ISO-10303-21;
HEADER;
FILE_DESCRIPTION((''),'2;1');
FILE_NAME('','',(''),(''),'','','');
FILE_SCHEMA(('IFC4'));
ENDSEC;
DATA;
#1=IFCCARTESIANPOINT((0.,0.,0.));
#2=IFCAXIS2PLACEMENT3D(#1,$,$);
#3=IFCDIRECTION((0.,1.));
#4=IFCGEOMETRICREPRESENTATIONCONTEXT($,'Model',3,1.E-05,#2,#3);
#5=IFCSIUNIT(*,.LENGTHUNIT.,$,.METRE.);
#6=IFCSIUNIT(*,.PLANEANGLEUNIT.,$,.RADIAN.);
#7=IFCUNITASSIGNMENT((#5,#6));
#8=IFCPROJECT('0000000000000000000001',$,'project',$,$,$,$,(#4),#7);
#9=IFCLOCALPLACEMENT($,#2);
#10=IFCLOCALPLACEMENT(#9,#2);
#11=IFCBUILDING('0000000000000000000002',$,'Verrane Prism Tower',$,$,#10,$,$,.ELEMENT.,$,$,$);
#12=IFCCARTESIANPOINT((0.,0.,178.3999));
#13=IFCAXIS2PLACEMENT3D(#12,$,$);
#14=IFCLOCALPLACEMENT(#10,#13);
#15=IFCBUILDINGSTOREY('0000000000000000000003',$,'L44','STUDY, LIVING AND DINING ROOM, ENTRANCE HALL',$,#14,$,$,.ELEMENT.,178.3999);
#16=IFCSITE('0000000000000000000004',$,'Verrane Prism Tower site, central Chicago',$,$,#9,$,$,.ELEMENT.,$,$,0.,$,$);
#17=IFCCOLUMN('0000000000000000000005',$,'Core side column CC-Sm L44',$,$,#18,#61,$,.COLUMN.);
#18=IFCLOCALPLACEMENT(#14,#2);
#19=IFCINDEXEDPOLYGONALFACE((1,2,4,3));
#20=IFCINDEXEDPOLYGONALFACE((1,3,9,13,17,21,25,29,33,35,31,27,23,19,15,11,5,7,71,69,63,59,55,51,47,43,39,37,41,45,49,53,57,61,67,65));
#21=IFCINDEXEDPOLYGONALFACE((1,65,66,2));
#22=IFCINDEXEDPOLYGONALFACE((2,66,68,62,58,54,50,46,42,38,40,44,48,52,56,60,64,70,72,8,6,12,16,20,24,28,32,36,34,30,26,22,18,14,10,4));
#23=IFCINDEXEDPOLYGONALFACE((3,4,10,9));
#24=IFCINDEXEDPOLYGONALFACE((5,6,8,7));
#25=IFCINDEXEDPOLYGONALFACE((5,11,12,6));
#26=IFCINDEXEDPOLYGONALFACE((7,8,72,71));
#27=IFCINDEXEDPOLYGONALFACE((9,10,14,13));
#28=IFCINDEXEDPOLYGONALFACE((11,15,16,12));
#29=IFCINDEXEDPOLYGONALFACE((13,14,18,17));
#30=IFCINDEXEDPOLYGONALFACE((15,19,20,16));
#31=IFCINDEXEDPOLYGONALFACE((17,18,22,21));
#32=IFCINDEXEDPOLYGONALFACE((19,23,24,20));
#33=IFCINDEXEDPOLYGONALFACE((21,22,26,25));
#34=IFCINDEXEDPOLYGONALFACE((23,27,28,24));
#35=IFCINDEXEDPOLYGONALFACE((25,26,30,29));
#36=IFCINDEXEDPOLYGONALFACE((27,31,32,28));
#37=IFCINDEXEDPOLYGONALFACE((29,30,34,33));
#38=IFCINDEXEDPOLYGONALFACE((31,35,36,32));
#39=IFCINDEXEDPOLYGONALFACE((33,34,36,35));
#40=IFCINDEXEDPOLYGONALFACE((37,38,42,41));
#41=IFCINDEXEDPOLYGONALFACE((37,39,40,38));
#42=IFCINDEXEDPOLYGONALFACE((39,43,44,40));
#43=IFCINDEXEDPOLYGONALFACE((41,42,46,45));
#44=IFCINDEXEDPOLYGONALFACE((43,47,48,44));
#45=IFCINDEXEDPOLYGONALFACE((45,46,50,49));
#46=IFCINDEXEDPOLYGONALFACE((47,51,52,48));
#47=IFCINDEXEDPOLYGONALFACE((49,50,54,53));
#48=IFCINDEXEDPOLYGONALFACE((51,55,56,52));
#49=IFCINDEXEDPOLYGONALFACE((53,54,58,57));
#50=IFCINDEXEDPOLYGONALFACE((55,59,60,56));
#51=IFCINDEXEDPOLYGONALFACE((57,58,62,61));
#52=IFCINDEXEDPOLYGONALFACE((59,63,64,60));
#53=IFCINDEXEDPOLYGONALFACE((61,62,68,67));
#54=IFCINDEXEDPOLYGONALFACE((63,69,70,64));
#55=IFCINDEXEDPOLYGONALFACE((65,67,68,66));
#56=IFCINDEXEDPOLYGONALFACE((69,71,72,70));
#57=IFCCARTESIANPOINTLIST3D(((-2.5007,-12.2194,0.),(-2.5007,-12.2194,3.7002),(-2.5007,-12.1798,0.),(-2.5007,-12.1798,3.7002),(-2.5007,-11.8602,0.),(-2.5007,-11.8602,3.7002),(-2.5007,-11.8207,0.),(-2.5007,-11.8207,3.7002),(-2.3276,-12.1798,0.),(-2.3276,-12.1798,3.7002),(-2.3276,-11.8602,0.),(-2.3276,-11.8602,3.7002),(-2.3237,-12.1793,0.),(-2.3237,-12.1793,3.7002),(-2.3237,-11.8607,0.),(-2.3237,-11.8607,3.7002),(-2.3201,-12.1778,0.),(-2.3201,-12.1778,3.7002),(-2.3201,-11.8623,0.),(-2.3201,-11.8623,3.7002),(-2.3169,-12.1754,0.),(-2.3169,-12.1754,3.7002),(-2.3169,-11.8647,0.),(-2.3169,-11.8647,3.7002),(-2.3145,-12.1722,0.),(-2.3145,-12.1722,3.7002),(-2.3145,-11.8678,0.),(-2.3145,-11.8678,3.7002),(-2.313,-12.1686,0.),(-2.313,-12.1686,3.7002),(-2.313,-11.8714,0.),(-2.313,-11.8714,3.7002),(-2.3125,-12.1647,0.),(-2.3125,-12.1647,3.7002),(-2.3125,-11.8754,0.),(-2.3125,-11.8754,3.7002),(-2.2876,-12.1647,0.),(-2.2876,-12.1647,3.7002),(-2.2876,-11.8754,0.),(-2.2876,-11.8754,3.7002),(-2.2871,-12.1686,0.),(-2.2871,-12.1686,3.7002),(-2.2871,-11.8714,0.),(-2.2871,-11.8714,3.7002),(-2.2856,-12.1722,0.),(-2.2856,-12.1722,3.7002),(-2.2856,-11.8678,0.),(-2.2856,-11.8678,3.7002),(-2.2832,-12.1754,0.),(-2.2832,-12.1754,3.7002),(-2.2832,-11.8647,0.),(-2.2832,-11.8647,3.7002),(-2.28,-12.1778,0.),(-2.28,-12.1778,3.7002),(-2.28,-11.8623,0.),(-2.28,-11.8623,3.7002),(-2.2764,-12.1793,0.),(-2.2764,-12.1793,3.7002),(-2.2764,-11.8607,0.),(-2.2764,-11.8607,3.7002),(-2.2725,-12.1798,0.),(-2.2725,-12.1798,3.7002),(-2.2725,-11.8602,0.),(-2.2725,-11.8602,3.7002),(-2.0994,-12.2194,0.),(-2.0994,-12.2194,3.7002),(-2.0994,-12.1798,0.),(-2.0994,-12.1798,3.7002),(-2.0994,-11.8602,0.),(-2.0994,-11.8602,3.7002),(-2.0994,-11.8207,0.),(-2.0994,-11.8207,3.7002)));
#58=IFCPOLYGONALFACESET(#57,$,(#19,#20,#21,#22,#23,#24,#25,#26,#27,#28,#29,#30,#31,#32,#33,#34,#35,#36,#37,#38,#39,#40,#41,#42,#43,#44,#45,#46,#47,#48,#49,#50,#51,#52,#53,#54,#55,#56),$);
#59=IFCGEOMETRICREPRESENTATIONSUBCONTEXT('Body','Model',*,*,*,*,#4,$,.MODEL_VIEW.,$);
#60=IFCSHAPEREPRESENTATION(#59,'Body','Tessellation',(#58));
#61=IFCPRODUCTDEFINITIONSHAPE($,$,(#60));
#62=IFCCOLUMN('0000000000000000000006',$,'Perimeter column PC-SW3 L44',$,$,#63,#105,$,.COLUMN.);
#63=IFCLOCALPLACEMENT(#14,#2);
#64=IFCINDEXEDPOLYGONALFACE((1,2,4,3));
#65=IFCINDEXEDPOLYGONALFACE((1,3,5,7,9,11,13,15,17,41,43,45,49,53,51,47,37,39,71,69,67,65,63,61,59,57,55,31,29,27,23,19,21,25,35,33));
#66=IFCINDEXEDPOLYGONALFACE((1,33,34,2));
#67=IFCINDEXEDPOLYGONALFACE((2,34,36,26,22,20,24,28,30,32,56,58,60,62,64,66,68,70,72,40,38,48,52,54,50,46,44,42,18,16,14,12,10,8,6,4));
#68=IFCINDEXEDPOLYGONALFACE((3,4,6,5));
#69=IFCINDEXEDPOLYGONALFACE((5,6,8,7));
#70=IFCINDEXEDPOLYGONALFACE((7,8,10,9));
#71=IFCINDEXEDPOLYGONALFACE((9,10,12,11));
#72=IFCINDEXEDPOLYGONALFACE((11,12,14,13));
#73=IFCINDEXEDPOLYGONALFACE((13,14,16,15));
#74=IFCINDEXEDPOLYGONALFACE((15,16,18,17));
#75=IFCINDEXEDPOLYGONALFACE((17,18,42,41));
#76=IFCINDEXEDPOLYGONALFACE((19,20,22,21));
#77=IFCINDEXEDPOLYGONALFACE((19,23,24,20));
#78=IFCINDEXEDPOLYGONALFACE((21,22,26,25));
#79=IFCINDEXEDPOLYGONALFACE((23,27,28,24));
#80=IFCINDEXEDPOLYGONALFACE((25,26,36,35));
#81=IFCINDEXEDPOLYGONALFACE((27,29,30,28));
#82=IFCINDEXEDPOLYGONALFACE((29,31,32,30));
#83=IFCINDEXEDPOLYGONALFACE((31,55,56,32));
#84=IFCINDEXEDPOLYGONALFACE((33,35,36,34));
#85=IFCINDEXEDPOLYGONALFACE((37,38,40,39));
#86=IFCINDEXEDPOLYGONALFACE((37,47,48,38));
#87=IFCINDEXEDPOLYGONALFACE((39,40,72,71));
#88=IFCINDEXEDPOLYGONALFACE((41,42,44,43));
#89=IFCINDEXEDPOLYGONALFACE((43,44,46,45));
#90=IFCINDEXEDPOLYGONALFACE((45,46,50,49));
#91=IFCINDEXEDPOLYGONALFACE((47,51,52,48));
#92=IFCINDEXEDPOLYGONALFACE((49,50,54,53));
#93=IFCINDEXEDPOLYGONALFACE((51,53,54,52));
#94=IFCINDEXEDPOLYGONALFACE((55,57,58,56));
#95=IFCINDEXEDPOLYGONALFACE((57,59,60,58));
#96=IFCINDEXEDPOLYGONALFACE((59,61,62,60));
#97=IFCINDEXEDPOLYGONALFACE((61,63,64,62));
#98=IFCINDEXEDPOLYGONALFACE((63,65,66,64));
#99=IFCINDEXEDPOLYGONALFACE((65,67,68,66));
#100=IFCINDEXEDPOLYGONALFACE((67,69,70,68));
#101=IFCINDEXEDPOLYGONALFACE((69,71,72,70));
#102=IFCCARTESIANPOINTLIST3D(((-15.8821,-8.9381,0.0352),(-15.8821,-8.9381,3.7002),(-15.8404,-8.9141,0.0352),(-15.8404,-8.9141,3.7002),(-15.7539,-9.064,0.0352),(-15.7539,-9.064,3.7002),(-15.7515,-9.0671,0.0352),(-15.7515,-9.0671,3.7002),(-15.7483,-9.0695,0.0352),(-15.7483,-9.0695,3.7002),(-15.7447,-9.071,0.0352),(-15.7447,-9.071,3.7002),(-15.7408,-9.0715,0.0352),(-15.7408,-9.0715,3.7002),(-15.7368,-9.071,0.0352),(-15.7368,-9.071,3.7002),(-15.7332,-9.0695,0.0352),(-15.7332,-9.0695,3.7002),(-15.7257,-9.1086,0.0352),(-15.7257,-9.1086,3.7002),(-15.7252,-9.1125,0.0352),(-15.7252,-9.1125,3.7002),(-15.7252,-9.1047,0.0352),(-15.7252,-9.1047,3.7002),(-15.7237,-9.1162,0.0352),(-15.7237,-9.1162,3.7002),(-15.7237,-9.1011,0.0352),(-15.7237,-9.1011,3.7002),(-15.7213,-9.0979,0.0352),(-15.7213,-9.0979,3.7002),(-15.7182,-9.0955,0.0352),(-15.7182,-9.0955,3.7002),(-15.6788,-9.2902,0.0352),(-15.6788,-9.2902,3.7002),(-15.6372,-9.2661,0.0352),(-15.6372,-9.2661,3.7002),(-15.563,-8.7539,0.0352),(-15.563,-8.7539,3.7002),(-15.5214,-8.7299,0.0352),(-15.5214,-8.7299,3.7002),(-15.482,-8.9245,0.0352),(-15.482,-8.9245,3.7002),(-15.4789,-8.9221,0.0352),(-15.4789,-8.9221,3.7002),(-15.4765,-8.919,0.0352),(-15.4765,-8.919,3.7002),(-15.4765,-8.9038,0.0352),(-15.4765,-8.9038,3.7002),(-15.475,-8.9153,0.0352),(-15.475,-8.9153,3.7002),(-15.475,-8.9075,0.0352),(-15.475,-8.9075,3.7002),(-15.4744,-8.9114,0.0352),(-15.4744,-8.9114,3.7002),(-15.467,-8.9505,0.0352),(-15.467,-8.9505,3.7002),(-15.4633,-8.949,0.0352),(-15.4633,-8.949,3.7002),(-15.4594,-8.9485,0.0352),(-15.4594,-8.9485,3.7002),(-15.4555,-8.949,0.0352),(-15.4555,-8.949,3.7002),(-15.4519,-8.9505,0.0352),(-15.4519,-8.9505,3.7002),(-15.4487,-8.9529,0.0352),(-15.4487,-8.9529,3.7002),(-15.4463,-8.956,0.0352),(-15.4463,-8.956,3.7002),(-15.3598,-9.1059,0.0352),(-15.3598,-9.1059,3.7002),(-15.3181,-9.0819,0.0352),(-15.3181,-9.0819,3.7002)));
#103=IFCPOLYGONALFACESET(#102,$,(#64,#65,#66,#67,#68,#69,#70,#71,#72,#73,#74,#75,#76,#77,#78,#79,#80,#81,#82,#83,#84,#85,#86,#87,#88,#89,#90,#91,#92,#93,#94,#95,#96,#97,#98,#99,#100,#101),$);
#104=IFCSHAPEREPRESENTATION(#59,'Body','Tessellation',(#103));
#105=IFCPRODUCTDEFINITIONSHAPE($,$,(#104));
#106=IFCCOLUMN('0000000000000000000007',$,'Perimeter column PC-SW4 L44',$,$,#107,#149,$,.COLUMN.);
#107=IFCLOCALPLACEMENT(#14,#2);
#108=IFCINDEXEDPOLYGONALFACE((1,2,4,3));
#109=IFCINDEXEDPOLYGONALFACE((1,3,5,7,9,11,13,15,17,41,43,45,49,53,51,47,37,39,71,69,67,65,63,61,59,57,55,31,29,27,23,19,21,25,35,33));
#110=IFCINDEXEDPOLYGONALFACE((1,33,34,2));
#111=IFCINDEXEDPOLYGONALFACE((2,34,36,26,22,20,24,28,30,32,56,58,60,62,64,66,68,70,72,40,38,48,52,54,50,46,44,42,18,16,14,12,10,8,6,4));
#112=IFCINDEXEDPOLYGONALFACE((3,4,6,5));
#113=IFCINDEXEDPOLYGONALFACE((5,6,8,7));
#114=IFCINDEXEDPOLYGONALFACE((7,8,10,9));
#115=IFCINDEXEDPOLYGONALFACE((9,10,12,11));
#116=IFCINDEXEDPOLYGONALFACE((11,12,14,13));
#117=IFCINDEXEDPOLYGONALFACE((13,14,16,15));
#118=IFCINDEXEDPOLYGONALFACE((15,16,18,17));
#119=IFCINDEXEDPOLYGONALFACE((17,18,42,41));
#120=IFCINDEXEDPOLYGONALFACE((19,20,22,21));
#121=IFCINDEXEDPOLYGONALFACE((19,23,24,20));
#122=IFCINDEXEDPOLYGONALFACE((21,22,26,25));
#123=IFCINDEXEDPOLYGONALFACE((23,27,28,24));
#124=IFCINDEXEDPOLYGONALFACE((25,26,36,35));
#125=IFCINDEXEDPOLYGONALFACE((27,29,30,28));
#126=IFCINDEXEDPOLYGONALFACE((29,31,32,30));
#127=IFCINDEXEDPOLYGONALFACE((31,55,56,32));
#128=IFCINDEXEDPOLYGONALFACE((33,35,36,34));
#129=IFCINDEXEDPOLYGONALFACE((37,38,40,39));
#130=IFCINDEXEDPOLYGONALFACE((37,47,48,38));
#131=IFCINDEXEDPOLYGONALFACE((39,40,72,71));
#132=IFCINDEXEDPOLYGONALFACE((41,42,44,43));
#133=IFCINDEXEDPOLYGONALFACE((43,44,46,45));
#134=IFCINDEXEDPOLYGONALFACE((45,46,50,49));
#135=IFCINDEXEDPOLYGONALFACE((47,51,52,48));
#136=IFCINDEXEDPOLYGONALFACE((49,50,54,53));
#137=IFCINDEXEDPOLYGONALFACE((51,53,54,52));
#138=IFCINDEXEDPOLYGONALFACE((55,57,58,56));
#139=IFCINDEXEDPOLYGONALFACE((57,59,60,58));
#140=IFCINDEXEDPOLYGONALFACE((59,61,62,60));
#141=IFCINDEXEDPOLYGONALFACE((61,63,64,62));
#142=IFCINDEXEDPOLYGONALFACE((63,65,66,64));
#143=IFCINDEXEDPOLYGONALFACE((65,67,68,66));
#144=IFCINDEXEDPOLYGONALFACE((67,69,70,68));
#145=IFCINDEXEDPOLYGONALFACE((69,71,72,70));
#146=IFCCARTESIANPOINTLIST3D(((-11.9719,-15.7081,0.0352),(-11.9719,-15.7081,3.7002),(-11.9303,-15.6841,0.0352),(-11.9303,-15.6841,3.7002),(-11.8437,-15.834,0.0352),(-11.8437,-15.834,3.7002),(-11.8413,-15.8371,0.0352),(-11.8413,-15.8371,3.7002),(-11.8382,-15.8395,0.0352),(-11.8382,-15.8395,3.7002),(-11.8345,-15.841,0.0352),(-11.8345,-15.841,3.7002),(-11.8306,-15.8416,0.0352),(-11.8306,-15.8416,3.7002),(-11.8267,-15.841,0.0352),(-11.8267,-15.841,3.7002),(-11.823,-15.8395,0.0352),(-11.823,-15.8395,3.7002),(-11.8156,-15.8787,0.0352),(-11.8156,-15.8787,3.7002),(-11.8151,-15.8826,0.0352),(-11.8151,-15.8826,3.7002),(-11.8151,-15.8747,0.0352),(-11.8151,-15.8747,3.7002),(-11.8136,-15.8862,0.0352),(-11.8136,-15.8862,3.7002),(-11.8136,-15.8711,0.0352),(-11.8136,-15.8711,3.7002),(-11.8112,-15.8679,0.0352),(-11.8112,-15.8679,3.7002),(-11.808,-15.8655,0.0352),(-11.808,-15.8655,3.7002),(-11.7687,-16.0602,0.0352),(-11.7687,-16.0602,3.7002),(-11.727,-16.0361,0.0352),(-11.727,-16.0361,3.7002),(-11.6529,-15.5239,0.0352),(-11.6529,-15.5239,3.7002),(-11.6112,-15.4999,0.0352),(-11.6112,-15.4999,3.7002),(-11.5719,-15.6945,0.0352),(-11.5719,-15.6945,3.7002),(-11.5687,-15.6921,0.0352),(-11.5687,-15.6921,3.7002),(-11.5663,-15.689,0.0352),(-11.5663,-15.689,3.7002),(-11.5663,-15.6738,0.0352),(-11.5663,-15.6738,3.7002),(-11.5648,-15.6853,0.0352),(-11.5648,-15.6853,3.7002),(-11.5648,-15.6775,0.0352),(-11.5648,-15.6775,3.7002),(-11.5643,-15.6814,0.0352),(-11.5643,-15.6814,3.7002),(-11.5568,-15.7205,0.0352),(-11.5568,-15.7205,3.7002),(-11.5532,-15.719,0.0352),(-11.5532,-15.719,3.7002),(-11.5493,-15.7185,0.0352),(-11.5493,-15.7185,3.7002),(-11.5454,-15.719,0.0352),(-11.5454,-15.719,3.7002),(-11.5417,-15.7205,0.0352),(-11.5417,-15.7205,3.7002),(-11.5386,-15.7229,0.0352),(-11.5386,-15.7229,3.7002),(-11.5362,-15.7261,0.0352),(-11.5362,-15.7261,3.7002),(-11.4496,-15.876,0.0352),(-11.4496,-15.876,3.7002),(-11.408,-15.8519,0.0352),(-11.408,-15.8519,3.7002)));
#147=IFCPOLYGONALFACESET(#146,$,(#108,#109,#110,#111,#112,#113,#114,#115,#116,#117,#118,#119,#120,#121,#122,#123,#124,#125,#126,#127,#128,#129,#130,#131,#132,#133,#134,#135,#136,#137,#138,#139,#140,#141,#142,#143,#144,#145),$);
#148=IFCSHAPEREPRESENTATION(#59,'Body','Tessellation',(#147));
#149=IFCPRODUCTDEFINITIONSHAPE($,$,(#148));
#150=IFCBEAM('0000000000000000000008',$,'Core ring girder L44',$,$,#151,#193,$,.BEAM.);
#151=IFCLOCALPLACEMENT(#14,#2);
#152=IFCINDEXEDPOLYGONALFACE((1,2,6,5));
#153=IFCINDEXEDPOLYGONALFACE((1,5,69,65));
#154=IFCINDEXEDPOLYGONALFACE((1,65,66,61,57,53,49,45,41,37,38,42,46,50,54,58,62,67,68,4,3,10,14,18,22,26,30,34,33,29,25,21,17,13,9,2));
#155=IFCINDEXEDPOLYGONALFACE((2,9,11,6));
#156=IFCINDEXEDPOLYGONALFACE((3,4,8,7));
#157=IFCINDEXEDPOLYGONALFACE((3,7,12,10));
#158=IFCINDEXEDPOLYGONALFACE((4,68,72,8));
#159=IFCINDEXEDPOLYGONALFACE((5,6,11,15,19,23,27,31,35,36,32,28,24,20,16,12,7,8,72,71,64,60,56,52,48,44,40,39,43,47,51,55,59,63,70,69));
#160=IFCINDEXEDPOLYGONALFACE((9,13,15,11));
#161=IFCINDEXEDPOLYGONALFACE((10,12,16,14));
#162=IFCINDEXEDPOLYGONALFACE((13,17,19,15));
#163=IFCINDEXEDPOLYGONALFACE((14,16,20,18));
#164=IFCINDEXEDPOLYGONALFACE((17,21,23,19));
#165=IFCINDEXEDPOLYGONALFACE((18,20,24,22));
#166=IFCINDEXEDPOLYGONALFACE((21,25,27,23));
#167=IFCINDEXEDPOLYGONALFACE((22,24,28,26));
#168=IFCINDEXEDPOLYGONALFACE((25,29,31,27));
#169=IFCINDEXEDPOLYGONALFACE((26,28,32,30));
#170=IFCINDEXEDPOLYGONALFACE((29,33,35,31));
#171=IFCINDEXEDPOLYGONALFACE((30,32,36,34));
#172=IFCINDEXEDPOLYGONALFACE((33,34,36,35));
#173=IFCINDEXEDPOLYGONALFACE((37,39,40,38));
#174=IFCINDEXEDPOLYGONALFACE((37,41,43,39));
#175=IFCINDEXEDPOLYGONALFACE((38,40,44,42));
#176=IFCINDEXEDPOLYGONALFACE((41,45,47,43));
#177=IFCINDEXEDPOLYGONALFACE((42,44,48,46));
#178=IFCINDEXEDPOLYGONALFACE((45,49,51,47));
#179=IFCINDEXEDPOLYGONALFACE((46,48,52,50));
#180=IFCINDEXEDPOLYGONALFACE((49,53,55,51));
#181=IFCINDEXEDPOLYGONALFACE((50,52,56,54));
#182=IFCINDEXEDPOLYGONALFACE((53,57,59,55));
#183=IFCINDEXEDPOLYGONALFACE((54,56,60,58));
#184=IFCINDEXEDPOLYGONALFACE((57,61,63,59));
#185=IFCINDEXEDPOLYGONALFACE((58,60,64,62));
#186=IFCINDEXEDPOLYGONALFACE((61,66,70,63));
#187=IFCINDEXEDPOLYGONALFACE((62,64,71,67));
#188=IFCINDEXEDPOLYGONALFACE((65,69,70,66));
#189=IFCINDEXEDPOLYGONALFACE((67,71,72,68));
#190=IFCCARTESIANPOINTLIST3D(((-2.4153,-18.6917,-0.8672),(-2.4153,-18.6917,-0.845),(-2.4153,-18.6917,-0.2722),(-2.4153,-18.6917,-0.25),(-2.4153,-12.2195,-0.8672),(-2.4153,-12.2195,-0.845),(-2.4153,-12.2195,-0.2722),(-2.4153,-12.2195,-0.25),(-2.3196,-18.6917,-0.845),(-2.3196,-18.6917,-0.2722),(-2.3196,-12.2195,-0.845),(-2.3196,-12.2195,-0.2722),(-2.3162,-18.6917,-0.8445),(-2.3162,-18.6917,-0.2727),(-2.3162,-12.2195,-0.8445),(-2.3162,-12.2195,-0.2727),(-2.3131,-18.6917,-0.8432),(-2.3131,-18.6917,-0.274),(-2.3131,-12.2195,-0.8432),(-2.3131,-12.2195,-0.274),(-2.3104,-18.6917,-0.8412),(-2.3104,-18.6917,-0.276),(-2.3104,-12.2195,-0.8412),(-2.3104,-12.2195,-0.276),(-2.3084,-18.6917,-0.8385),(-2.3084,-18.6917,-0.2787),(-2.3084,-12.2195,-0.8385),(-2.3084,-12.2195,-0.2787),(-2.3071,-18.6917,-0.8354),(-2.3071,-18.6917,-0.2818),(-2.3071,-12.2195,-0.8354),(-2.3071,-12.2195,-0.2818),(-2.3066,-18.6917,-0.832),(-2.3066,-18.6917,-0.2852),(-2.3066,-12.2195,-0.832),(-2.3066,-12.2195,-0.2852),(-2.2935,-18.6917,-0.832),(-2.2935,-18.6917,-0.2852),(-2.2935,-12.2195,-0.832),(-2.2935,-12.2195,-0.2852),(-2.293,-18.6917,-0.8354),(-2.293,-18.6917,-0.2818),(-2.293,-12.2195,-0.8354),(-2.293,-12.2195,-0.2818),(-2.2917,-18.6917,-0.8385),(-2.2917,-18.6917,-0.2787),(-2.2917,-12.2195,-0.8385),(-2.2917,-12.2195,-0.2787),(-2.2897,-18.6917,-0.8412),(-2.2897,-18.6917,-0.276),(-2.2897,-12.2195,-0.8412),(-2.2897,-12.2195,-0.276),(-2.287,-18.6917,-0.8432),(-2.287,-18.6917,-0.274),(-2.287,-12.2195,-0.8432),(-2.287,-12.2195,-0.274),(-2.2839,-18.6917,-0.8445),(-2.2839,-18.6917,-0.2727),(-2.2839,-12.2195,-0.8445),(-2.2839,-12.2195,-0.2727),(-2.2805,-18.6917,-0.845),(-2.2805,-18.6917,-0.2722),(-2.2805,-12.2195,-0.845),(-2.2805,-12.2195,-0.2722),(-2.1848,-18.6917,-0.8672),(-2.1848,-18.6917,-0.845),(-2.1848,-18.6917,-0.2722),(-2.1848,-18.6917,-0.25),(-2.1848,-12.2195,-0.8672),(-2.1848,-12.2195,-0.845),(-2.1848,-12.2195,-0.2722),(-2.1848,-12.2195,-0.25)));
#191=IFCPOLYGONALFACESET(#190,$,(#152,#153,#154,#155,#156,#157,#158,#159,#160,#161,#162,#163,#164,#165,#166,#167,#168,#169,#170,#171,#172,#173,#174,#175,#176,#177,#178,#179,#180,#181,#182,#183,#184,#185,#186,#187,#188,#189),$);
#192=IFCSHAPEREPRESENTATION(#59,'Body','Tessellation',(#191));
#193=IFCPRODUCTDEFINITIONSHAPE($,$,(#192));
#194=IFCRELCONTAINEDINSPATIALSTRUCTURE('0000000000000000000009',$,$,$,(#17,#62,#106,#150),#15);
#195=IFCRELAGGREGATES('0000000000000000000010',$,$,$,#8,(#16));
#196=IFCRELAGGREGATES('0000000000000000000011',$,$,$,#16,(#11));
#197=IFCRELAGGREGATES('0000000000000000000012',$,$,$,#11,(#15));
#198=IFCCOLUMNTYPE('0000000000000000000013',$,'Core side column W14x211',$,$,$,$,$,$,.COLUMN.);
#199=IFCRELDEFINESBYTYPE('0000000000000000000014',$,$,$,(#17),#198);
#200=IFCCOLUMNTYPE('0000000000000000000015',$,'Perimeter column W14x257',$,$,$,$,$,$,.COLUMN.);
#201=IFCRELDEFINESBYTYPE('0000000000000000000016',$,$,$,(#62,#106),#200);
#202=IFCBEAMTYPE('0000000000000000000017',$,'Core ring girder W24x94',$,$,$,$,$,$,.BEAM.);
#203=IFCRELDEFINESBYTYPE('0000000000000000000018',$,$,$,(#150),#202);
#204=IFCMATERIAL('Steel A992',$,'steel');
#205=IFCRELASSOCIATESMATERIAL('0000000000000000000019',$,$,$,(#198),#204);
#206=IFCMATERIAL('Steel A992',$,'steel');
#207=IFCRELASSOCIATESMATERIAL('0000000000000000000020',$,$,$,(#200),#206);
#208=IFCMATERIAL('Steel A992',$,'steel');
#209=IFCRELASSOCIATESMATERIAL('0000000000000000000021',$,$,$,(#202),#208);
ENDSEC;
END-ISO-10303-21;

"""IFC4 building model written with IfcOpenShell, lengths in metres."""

from ifc_helpers import new_model, si_unit, direction, frame, origin, origin_2d, place, context, subcontext, project, spatial, i_section, extrude, material, material_profile, profile_set, type_object, element, save


model = new_model("IFC4")

# Units and contexts
model_context = context("Model", 3, precision=1e-05, world=origin(), true_north=direction((0.0, 1.0)))
body_context = subcontext(model_context, "Body", "Model", "MODEL_VIEW")
ifc_project = project(units=[si_unit("LENGTHUNIT", "METRE"), si_unit("PLANEANGLEUNIT", "RADIAN")], contexts=[model_context])

# Site, building, storey
site_placement = place(None, origin())
site = spatial("IfcSite", under=ifc_project, at=site_placement, Name="Verrane Prism Tower site, central Chicago", CompositionType="ELEMENT", RefElevation=0.0)
building_placement = place(site_placement, origin())
building = spatial("IfcBuilding", under=site, at=building_placement, Name="Verrane Prism Tower", CompositionType="ELEMENT")
storey_placement = place(building_placement, frame((0.0, 0.0, 178.3999)))
storey = spatial("IfcBuildingStorey", under=building, at=storey_placement, Name="L44", Description="STUDY, LIVING AND DINING ROOM, ENTRANCE HALL", CompositionType="ELEMENT", Elevation=178.3999)

# Columns
ifc_material_1 = material(Name="Steel A992", Category="steel")
ifc_material_profile_1 = material_profile(ifc_material_1, i_section(OverallWidth=0.4014, OverallDepth=0.3987, WebThickness=0.0249, FlangeThickness=0.0396, FilletRadius=0.0151, at=origin_2d()), Name="W14x211")
ifc_profile_set_1 = profile_set([ifc_material_profile_1], Name="Steel A992")
column_type_1 = type_object("IfcColumnType", Name="Core side column W14x211", PredefinedType="COLUMN", material=ifc_profile_set_1)
column_placement = place(storey_placement, frame((-2.3, -12.02, 0.0), z_axis=(0.0, 0.0, 1.0), x_axis=(1.0, 0.0, 0.0)))
element("IfcColumn", 1, at=column_placement, inside=storey, type_object=column_type_1, Name="Core side column CC-Sm L44", PredefinedType="COLUMN", context=body_context, shape_type="SweptSolid", body=[
    extrude(i_section(OverallWidth=0.4014, OverallDepth=0.3987, WebThickness=0.0249, FlangeThickness=0.0396, FilletRadius=0.0151, at=origin_2d()), origin(), (0.0, 0.0, 1.0), 3.7002),
])
ifc_material_2 = material(Name="Steel A992", Category="steel")
ifc_material_profile_2 = material_profile(ifc_material_2, i_section(OverallWidth=0.4065, OverallDepth=0.4165, WebThickness=0.03, FlangeThickness=0.0481, FilletRadius=0.0151, at=origin_2d()), Name="W14x257")
ifc_profile_set_2 = profile_set([ifc_material_profile_2], Name="Steel A992")
column_type_2 = type_object("IfcColumnType", Name="Perimeter column W14x257", PredefinedType="COLUMN", material=ifc_profile_set_2)
for number, where, z_axis, x_axis, name in (
    (2, (-15.6001, -9.01, 0.0352), (0.0, 0.0, 1.0), (-0.5, 0.866025, 0.0), "Perimeter column PC-SW3 L44"),
    (3, (-11.6899, -15.78, 0.0352), (0.0, 0.0, 1.0), (-0.5, 0.866025, 0.0), "Perimeter column PC-SW4 L44"),
):
    element("IfcColumn", number, at=place(storey_placement, frame(where, z_axis=z_axis, x_axis=x_axis)), inside=storey, type_object=column_type_2, Name=name, PredefinedType="COLUMN", context=body_context, shape_type="SweptSolid", body=[
        extrude(i_section(OverallWidth=0.4065, OverallDepth=0.4165, WebThickness=0.03, FlangeThickness=0.0481, FilletRadius=0.0151, at=origin_2d()), origin(), (0.0, 0.0, 1.0), 3.665),
    ])

# Beam
ifc_material_3 = material(Name="Steel A992", Category="steel")
ifc_material_profile_3 = material_profile(ifc_material_3, i_section(OverallWidth=0.2305, OverallDepth=0.6172, WebThickness=0.0132, FlangeThickness=0.0222, FilletRadius=0.0129, at=origin_2d()), Name="W24x94")
ifc_profile_set_3 = profile_set([ifc_material_profile_3], Name="Steel A992")
beam_type_1 = type_object("IfcBeamType", Name="Core ring girder W24x94", PredefinedType="BEAM", material=ifc_profile_set_3)
beam_1_placement = place(storey_placement, frame((-2.3, -12.2195, -0.5586), z_axis=(0.0, -1.0, 0.0), x_axis=(1.0, 0.0, 0.0)))
element("IfcBeam", 4, at=beam_1_placement, inside=storey, type_object=beam_type_1, Name="Core ring girder L44", PredefinedType="BEAM", context=body_context, shape_type="SweptSolid", body=[
    extrude(i_section(OverallWidth=0.2305, OverallDepth=0.6172, WebThickness=0.0132, FlangeThickness=0.0222, FilletRadius=0.0129, at=origin_2d()), origin(), (0.0, 0.0, 1.0), 6.4722),
])

save(model, "model.ifc")
